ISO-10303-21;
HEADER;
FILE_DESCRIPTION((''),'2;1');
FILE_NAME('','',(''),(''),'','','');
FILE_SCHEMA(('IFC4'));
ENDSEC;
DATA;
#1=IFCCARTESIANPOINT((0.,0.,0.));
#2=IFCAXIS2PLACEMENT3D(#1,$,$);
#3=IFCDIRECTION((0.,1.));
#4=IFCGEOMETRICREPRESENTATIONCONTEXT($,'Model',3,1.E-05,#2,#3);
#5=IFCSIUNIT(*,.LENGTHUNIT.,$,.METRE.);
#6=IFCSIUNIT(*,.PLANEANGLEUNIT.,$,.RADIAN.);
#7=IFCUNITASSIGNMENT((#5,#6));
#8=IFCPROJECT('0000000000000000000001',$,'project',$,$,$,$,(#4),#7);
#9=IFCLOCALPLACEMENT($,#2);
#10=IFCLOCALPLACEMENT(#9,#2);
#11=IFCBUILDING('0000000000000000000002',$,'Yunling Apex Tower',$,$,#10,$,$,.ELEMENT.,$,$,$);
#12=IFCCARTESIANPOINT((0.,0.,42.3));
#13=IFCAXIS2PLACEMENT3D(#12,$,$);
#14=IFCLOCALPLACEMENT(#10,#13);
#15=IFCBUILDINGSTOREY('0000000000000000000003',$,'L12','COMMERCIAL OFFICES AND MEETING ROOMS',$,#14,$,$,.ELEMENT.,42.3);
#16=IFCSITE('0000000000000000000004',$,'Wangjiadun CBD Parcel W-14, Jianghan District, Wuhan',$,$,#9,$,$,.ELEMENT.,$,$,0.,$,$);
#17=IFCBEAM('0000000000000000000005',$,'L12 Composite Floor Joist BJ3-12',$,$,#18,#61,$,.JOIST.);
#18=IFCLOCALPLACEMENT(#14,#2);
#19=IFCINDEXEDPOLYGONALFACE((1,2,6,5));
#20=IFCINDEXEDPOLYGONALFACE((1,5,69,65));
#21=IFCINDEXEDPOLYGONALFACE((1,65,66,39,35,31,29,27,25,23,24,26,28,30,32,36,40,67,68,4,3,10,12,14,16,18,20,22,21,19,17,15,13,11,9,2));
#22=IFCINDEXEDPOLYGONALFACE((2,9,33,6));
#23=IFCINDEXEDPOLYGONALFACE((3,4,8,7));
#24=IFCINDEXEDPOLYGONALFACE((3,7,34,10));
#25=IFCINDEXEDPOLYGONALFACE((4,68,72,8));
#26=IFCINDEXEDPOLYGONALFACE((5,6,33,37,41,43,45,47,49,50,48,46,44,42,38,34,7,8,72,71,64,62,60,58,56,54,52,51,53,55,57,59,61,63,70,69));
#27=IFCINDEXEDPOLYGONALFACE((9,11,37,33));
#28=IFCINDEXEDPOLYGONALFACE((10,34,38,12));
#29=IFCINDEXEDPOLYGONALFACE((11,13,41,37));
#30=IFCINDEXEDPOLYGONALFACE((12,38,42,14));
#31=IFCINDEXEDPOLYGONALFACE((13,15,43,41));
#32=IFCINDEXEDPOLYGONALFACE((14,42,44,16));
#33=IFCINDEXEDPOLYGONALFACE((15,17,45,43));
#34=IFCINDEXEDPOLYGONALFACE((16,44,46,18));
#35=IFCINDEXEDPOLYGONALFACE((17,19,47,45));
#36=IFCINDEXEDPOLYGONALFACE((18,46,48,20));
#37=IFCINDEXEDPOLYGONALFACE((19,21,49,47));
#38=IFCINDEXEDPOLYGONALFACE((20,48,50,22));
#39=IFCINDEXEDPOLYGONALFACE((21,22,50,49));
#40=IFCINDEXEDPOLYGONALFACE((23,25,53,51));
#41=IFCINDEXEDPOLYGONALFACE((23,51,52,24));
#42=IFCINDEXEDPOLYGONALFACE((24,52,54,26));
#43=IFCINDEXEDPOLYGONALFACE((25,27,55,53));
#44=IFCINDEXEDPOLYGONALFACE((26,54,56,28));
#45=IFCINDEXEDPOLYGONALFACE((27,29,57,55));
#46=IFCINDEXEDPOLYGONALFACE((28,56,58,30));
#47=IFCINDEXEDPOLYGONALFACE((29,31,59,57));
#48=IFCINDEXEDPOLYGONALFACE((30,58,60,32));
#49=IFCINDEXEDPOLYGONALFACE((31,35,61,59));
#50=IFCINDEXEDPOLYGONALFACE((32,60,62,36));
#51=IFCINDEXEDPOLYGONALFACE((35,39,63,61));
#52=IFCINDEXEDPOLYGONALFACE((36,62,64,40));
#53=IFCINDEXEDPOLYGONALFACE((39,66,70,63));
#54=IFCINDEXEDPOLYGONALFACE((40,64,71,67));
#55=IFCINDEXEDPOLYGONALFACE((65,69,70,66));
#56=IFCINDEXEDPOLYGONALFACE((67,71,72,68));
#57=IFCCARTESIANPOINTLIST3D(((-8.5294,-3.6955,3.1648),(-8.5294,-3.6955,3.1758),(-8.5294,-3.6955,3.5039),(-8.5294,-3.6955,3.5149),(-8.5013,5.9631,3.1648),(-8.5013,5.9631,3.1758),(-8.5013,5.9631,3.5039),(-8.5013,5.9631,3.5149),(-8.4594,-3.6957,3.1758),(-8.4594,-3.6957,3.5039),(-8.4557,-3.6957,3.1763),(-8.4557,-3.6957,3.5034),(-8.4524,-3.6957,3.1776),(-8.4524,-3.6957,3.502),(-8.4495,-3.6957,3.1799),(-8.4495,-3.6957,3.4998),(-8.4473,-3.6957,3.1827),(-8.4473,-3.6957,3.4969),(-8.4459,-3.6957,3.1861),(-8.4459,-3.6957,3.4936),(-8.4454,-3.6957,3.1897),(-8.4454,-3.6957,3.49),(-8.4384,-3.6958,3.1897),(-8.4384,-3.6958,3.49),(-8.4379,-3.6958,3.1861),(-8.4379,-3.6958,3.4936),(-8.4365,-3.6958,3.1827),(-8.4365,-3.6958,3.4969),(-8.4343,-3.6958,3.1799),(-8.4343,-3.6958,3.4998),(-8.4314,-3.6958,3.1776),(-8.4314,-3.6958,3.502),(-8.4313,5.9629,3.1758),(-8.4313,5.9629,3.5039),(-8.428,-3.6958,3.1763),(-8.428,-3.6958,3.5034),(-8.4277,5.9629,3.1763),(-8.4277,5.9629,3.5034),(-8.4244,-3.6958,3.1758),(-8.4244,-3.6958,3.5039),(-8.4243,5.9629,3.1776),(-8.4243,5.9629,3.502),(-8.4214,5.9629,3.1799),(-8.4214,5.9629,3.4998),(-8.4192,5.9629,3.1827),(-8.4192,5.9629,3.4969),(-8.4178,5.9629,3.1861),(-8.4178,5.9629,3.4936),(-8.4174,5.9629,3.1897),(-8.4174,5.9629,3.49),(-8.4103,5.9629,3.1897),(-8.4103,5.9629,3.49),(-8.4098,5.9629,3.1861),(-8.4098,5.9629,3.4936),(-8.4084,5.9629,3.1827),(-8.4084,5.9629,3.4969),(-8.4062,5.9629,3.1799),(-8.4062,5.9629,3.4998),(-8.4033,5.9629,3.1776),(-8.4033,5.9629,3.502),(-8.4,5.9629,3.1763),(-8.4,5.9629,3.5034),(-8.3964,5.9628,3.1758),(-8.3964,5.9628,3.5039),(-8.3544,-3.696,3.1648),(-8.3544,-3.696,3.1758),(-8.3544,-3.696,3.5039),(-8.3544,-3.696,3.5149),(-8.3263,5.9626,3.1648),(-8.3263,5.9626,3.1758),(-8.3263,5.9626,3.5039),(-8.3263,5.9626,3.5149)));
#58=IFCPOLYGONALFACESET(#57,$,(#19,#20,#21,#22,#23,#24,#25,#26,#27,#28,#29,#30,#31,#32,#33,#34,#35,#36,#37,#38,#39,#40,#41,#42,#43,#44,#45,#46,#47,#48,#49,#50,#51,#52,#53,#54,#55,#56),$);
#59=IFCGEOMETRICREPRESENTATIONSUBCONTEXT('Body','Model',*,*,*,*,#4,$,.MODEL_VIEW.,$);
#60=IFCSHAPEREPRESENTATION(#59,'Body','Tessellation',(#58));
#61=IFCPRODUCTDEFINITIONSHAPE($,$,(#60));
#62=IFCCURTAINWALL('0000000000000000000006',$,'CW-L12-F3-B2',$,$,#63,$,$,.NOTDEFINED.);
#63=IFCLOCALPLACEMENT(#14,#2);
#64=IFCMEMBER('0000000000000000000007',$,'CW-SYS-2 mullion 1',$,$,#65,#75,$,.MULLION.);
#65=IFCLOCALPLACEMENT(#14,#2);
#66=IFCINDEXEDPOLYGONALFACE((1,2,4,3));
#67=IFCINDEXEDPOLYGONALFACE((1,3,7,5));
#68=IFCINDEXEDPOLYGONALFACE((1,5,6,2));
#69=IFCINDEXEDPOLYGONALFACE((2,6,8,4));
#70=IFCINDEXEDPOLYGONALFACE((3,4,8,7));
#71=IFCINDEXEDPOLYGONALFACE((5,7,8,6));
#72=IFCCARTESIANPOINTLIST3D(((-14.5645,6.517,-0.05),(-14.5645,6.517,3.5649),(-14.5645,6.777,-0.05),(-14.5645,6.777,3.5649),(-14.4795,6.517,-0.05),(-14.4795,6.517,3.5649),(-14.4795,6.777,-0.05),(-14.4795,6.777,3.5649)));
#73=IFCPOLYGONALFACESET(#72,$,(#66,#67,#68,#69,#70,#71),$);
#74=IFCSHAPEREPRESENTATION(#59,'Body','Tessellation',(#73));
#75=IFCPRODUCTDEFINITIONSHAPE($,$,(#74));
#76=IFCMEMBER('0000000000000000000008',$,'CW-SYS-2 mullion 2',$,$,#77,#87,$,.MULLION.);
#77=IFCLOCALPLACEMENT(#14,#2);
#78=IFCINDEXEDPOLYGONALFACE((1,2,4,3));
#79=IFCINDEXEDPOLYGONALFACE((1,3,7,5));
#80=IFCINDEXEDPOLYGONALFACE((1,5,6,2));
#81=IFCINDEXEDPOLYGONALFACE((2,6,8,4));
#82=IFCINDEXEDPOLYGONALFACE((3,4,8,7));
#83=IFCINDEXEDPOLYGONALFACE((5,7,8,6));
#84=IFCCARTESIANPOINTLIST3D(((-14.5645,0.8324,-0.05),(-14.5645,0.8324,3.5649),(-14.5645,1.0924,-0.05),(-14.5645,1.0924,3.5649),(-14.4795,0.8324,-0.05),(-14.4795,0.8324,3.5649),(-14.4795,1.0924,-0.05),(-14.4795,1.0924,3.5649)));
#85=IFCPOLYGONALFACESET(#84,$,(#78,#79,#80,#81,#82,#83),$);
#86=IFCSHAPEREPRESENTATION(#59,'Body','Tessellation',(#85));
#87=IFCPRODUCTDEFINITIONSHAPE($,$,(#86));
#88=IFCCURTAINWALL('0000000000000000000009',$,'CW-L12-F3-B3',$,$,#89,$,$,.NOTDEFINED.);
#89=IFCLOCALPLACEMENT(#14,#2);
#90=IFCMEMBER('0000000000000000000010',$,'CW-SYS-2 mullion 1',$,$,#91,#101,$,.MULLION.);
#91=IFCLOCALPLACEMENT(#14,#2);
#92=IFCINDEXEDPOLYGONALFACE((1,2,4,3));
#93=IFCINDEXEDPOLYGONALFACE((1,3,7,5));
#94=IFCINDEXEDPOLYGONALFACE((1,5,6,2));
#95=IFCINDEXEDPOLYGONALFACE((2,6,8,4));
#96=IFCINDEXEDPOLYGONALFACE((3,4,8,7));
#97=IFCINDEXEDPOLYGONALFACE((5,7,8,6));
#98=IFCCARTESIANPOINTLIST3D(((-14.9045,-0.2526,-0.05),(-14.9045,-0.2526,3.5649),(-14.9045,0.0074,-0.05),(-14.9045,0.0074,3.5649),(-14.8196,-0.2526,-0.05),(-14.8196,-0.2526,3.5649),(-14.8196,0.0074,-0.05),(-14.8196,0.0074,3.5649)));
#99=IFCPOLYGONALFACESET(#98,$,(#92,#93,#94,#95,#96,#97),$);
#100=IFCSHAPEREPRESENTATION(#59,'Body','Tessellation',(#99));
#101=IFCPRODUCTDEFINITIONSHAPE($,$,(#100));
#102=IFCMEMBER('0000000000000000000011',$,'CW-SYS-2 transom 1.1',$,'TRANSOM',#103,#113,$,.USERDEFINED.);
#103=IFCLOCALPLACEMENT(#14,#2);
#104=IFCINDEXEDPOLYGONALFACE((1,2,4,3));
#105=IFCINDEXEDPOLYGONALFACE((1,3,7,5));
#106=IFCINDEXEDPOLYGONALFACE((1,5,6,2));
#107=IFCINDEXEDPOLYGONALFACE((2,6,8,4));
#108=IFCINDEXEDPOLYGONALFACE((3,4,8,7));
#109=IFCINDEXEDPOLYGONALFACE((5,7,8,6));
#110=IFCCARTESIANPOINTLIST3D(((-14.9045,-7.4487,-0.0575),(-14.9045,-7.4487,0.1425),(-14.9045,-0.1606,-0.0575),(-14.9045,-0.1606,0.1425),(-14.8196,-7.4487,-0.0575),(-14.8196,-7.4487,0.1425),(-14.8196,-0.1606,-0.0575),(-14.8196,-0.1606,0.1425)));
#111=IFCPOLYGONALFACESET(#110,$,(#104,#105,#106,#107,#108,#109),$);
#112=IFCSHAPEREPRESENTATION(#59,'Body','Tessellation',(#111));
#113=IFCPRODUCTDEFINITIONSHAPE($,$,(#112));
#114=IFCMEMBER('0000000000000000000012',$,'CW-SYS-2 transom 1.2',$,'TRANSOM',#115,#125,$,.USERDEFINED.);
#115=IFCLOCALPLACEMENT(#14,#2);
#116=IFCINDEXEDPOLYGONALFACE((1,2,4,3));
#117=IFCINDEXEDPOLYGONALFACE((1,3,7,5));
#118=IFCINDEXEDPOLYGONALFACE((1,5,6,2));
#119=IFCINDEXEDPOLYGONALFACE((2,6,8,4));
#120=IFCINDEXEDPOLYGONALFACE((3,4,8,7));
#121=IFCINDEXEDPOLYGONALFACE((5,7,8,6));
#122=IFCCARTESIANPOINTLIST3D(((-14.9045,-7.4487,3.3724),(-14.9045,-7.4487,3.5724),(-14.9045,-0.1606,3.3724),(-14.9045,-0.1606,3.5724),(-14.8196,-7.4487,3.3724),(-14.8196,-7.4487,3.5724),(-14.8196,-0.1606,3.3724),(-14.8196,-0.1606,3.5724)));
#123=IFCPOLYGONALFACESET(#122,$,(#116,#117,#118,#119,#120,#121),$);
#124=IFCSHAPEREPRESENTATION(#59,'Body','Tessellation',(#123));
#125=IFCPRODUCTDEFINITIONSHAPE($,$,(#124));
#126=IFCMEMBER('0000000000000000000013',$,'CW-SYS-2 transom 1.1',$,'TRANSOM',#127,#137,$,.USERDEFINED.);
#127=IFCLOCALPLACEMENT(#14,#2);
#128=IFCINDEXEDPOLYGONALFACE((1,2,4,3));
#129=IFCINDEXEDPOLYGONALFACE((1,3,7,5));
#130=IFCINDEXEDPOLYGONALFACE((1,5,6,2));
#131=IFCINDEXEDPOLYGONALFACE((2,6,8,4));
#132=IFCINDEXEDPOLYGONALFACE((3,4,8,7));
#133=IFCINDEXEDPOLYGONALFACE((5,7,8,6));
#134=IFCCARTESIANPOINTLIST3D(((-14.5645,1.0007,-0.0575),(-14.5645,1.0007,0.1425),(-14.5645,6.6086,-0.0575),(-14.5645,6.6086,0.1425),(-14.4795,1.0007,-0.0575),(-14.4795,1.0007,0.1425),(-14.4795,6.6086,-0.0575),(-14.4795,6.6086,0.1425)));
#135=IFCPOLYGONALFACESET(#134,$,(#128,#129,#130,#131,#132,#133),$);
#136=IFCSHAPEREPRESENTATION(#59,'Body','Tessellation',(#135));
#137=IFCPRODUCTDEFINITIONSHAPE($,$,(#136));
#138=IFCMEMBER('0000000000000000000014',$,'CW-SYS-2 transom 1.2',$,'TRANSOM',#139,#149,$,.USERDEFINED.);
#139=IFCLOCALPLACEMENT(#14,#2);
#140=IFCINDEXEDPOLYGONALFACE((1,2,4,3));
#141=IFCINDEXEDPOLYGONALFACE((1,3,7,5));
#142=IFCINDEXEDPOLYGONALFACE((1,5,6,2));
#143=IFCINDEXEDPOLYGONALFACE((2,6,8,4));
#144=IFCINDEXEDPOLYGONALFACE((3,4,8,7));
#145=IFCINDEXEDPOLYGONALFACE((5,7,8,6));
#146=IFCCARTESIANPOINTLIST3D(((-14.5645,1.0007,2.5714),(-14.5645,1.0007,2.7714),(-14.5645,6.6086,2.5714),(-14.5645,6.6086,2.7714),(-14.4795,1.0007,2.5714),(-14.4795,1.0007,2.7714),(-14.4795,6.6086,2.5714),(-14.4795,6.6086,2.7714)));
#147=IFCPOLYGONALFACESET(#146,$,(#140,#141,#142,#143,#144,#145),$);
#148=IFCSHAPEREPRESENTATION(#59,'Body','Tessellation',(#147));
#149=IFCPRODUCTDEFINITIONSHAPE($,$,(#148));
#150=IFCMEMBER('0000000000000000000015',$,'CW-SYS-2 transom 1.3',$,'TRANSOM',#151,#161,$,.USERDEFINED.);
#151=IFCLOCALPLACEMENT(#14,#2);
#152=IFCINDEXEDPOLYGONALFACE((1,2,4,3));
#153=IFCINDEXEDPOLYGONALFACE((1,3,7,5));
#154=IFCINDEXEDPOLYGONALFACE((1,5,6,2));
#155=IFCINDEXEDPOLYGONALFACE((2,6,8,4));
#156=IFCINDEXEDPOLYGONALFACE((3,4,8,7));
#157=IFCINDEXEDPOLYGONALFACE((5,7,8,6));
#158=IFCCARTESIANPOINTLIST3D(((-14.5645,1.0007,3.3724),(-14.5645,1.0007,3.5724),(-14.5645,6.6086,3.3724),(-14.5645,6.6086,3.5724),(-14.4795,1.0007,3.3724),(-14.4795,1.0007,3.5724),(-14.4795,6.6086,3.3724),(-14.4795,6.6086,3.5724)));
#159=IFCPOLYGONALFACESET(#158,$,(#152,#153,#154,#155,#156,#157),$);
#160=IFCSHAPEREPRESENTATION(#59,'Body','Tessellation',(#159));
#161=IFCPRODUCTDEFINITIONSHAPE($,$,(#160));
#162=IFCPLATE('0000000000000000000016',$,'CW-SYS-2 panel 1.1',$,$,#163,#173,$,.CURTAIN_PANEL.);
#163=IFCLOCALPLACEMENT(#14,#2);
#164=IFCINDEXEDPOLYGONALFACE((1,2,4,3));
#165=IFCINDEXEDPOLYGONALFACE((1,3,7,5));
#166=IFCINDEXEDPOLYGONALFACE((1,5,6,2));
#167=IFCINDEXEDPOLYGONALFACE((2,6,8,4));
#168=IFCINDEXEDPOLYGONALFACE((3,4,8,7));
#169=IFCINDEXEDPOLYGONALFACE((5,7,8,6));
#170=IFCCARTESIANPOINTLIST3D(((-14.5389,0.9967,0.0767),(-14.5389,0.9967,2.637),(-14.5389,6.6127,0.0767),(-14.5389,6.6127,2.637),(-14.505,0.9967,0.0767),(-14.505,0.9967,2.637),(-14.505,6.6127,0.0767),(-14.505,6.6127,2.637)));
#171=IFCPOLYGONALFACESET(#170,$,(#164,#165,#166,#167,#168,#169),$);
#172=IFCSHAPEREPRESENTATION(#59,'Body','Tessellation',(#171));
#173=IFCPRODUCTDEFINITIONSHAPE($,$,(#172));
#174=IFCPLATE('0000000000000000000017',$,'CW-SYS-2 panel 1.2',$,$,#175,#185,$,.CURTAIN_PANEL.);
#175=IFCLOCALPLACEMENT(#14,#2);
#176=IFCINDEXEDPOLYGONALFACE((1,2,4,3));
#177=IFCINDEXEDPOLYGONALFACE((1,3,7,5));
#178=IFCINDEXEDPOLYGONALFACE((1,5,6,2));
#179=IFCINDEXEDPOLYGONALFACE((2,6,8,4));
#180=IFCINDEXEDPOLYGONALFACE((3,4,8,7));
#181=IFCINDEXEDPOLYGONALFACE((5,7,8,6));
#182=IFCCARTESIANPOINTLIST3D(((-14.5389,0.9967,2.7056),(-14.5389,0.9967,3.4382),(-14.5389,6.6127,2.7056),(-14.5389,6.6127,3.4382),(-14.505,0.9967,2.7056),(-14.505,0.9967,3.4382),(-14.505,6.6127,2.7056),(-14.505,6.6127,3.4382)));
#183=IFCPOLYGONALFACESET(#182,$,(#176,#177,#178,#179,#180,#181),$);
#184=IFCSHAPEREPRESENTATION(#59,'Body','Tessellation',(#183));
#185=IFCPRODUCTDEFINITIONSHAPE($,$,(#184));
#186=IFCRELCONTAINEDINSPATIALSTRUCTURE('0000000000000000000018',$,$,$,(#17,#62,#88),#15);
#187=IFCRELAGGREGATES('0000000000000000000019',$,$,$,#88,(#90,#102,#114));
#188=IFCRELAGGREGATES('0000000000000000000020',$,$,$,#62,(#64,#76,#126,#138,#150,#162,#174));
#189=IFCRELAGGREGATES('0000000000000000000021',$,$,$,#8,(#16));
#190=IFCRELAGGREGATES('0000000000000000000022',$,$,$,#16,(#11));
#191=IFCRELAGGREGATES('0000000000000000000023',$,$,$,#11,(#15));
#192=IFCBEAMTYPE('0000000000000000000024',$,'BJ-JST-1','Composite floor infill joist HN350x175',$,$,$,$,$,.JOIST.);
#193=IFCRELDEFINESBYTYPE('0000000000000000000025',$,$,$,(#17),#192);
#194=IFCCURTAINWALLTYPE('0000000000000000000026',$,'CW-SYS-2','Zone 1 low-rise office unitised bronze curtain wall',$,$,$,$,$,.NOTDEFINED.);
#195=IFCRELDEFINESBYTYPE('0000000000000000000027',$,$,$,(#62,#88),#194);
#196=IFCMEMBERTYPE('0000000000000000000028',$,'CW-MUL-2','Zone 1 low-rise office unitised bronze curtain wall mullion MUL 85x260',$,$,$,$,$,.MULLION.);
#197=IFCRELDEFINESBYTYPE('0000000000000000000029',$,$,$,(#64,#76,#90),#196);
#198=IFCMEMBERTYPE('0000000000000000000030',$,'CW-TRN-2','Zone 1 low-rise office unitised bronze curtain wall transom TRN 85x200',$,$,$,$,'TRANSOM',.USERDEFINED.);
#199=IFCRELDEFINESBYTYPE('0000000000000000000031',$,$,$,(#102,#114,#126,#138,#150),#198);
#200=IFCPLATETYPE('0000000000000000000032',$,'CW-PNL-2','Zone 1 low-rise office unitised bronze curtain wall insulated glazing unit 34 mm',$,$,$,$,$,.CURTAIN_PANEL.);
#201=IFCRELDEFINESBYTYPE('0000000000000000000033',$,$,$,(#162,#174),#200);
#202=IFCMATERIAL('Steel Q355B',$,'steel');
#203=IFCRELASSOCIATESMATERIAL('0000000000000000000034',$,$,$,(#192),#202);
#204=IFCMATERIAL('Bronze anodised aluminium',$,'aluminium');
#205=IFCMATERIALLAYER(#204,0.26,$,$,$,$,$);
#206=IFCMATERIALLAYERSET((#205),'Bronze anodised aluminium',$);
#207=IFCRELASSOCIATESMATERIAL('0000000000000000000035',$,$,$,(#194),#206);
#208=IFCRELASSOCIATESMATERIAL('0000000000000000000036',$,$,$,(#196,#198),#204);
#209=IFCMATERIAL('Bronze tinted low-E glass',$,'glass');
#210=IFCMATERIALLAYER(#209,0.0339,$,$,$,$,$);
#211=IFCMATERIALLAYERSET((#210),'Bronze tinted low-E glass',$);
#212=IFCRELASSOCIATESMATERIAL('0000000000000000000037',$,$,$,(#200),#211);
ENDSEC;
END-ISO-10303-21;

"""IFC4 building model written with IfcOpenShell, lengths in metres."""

from ifc_helpers import new_model, si_unit, direction, frame, origin, origin_2d, place, context, subcontext, project, spatial, rectangle, i_section, extrude, source, transform, mapped, material, layer, layer_set, material_profile, profile_set, type_object, element, aggregate, save


model = new_model("IFC4")

# Units and contexts
model_context = context("Model", 3, precision=1e-05, world=origin(), true_north=direction((0.0, 1.0)))
body_context = subcontext(model_context, "Body", "Model", "MODEL_VIEW")
ifc_project = project(units=[si_unit("LENGTHUNIT", "METRE"), si_unit("PLANEANGLEUNIT", "RADIAN")], contexts=[model_context])

# Site, building, storey
site_placement = place(None, origin())
site = spatial("IfcSite", under=ifc_project, at=site_placement, Name="Wangjiadun CBD Parcel W-14, Jianghan District, Wuhan", CompositionType="ELEMENT", RefElevation=0.0)
building_placement = place(site_placement, origin())
building = spatial("IfcBuilding", under=site, at=building_placement, Name="Yunling Apex Tower", CompositionType="ELEMENT")
storey_placement = place(building_placement, frame((0.0, 0.0, 42.3)))
storey = spatial("IfcBuildingStorey", under=building, at=storey_placement, Name="L12", Description="COMMERCIAL OFFICES AND MEETING ROOMS", CompositionType="ELEMENT", Elevation=42.3)

# Beam
ifc_material_1 = material(Name="Steel Q355B", Category="steel")
ifc_material_profile_1 = material_profile(ifc_material_1, i_section(OverallWidth=0.175, OverallDepth=0.3501, WebThickness=0.0071, FlangeThickness=0.011, FilletRadius=0.0139, at=origin_2d()))
ifc_profile_set_1 = profile_set([ifc_material_profile_1], Name="Steel Q355B")
beam_type_1 = type_object("IfcBeamType", Name="BJ-JST-1", Description="Composite floor infill joist HN350x175", PredefinedType="JOIST", material=ifc_profile_set_1)
shared_shape_1 = source(origin(), body_context, "Body", "SweptSolid", [
    extrude(i_section(OverallWidth=0.175, OverallDepth=0.3501, WebThickness=0.0071, FlangeThickness=0.011, FilletRadius=0.0139, at=origin_2d()), origin(), (0.0, 0.0, 1.0), 9.6587),
])
beam_1_placement = place(storey_placement, frame((-8.4138, 5.9629, 3.3398), z_axis=(-0.002907, -0.999996, 0.0), x_axis=(0.999996, -0.002907, 0.0)))
element("IfcBeam", 1, at=beam_1_placement, inside=storey, type_object=beam_type_1, Name="L12 Composite Floor Joist BJ3-12", PredefinedType="JOIST", context=body_context, shape_type="MappedRepresentation", body=[
    mapped(shared_shape_1, transform((0.0, 0.0, 0.0), scale=1.0)),
])

# Curtain walls, members
ifc_material_2 = material(Name="Bronze anodised aluminium", Category="aluminium")
ifc_layer_1 = layer(ifc_material_2, 0.26)
ifc_layer_set_1 = layer_set([ifc_layer_1], Name="Bronze anodised aluminium")
curtain_wall_type = type_object("IfcCurtainWallType", Name="CW-SYS-2", Description="Zone 1 low-rise office unitised bronze curtain wall", PredefinedType="NOTDEFINED", material=ifc_layer_set_1)
curtain_wall_1_placement = place(storey_placement, origin())
curtain_wall_1 = element("IfcCurtainWall", 2, at=curtain_wall_1_placement, inside=storey, type_object=curtain_wall_type, Name="CW-L12-F3-B2", PredefinedType="NOTDEFINED")
ifc_material_profile_2 = material_profile(ifc_material_2, rectangle(XDim=0.085, YDim=0.26, at=origin_2d()))
ifc_profile_set_2 = profile_set([ifc_material_profile_2], Name="Bronze anodised aluminium")
member_type_1 = type_object("IfcMemberType", Name="CW-MUL-2", Description="Zone 1 low-rise office unitised bronze curtain wall mullion MUL 85x260", PredefinedType="MULLION", material=ifc_profile_set_2)
shared_shape_2 = source(origin(), body_context, "Body", "SweptSolid", [
    extrude(rectangle(XDim=0.085, YDim=0.26, at=origin_2d()), origin(), (0.0, 0.0, 1.0), 3.615),
])
member_1_placement = place(storey_placement, frame((-14.522, 6.647, -0.05), z_axis=(0.0, 0.0, 1.0), x_axis=(1.0, 0.0, 0.0)))
member_1 = element("IfcMember", 3, at=member_1_placement, type_object=member_type_1, Name="CW-SYS-2 mullion 1", PredefinedType="MULLION", context=body_context, shape_type="MappedRepresentation", body=[
    mapped(shared_shape_2, transform((0.0, 0.0, 0.0), scale=1.0)),
])
member_2_placement = place(storey_placement, frame((-14.522, 0.9624, -0.05), z_axis=(0.0, 0.0, 1.0), x_axis=(1.0, 0.0, 0.0)))
member_2 = element("IfcMember", 4, at=member_2_placement, type_object=member_type_1, Name="CW-SYS-2 mullion 2", PredefinedType="MULLION", context=body_context, shape_type="MappedRepresentation", body=[
    mapped(shared_shape_2, transform((0.0, 0.0, 0.0), scale=1.0)),
])
curtain_wall_2_placement = place(storey_placement, origin())
curtain_wall_2 = element("IfcCurtainWall", 5, at=curtain_wall_2_placement, inside=storey, type_object=curtain_wall_type, Name="CW-L12-F3-B3", PredefinedType="NOTDEFINED")
member_3_placement = place(storey_placement, frame((-14.8621, -0.1226, -0.05), z_axis=(0.0, 0.0, 1.0), x_axis=(1.0, 0.0, 0.0)))
member_3 = element("IfcMember", 6, at=member_3_placement, type_object=member_type_1, Name="CW-SYS-2 mullion 1", PredefinedType="MULLION", context=body_context, shape_type="MappedRepresentation", body=[
    mapped(shared_shape_2, transform((0.0, 0.0, 0.0), scale=1.0)),
])
ifc_material_profile_3 = material_profile(ifc_material_2, rectangle(XDim=0.085, YDim=0.2, at=origin_2d()))
ifc_profile_set_3 = profile_set([ifc_material_profile_3], Name="Bronze anodised aluminium")
member_type_2 = type_object("IfcMemberType", Name="CW-TRN-2", Description="Zone 1 low-rise office unitised bronze curtain wall transom TRN 85x200", ElementType="TRANSOM", PredefinedType="USERDEFINED", material=ifc_profile_set_3)
shared_shape_3 = source(origin(), body_context, "Body", "SweptSolid", [
    extrude(rectangle(XDim=0.085, YDim=0.2, at=origin_2d()), origin(), (0.0, 0.0, 1.0), 7.2881),
])
member_4_placement = place(storey_placement, frame((-14.8621, -0.1606, 0.0425), z_axis=(0.0, -1.0, 0.0), x_axis=(1.0, 0.0, 0.0)))
member_4 = element("IfcMember", 7, at=member_4_placement, type_object=member_type_2, Name="CW-SYS-2 transom 1.1", ObjectType="TRANSOM", PredefinedType="USERDEFINED", context=body_context, shape_type="MappedRepresentation", body=[
    mapped(shared_shape_3, transform((0.0, 0.0, 0.0), scale=1.0)),
])
member_5_placement = place(storey_placement, frame((-14.8621, -0.1606, 3.4724), z_axis=(0.0, -1.0, 0.0), x_axis=(1.0, 0.0, 0.0)))
member_5 = element("IfcMember", 8, at=member_5_placement, type_object=member_type_2, Name="CW-SYS-2 transom 1.2", ObjectType="TRANSOM", PredefinedType="USERDEFINED", context=body_context, shape_type="MappedRepresentation", body=[
    mapped(shared_shape_3, transform((0.0, 0.0, 0.0), scale=1.0)),
])
aggregate(curtain_wall_2, [member_3, member_4, member_5])

# Members
shared_shape_4 = source(origin(), body_context, "Body", "SweptSolid", [
    extrude(rectangle(XDim=0.085, YDim=0.2, at=origin_2d()), origin(), (0.0, 0.0, 1.0), 5.6079),
])
member_6_placement = place(storey_placement, frame((-14.522, 6.6086, 0.0425), z_axis=(0.0, -1.0, 0.0), x_axis=(1.0, 0.0, 0.0)))
member_6 = element("IfcMember", 9, at=member_6_placement, type_object=member_type_2, Name="CW-SYS-2 transom 1.1", ObjectType="TRANSOM", PredefinedType="USERDEFINED", context=body_context, shape_type="MappedRepresentation", body=[
    mapped(shared_shape_4, transform((0.0, 0.0, 0.0), scale=1.0)),
])
member_7_placement = place(storey_placement, frame((-14.522, 6.6086, 2.6714), z_axis=(0.0, -1.0, 0.0), x_axis=(1.0, 0.0, 0.0)))
member_7 = element("IfcMember", 10, at=member_7_placement, type_object=member_type_2, Name="CW-SYS-2 transom 1.2", ObjectType="TRANSOM", PredefinedType="USERDEFINED", context=body_context, shape_type="MappedRepresentation", body=[
    mapped(shared_shape_4, transform((0.0, 0.0, 0.0), scale=1.0)),
])
member_8_placement = place(storey_placement, frame((-14.522, 6.6086, 3.4724), z_axis=(0.0, -1.0, 0.0), x_axis=(1.0, 0.0, 0.0)))
member_8 = element("IfcMember", 11, at=member_8_placement, type_object=member_type_2, Name="CW-SYS-2 transom 1.3", ObjectType="TRANSOM", PredefinedType="USERDEFINED", context=body_context, shape_type="MappedRepresentation", body=[
    mapped(shared_shape_4, transform((0.0, 0.0, 0.0), scale=1.0)),
])

# Plates
ifc_material_3 = material(Name="Bronze tinted low-E glass", Category="glass")
ifc_layer_2 = layer(ifc_material_3, 0.0339)
ifc_layer_set_2 = layer_set([ifc_layer_2], Name="Bronze tinted low-E glass")
plate_type_1 = type_object("IfcPlateType", Name="CW-PNL-2", Description="Zone 1 low-rise office unitised bronze curtain wall insulated glazing unit 34 mm", PredefinedType="CURTAIN_PANEL", material=ifc_layer_set_2)
shared_shape_5 = source(origin(), body_context, "Body", "SweptSolid", [
    extrude(rectangle(XDim=5.616, YDim=0.0339, at=origin_2d()), origin(), (0.0, 0.0, 1.0), 2.5603),
])
plate_1_placement = place(storey_placement, frame((-14.522, 3.8047, 0.0767), z_axis=(0.0, 0.0, 1.0), x_axis=(0.0, -1.0, 0.0)))
plate_1 = element("IfcPlate", 12, at=plate_1_placement, type_object=plate_type_1, Name="CW-SYS-2 panel 1.1", PredefinedType="CURTAIN_PANEL", context=body_context, shape_type="MappedRepresentation", body=[
    mapped(shared_shape_5, transform((0.0, 0.0, 0.0), scale=1.0)),
])
shared_shape_6 = source(origin(), body_context, "Body", "SweptSolid", [
    extrude(rectangle(XDim=5.616, YDim=0.0339, at=origin_2d()), origin(), (0.0, 0.0, 1.0), 0.7327),
])
plate_2_placement = place(storey_placement, frame((-14.522, 3.8047, 2.7056), z_axis=(0.0, 0.0, 1.0), x_axis=(0.0, -1.0, 0.0)))
plate_2 = element("IfcPlate", 13, at=plate_2_placement, type_object=plate_type_1, Name="CW-SYS-2 panel 1.2", PredefinedType="CURTAIN_PANEL", context=body_context, shape_type="MappedRepresentation", body=[
    mapped(shared_shape_6, transform((0.0, 0.0, 0.0), scale=1.0)),
])
aggregate(curtain_wall_1, [member_1, member_2, member_6, member_7, member_8, plate_1, plate_2])

save(model, "model.ifc")
